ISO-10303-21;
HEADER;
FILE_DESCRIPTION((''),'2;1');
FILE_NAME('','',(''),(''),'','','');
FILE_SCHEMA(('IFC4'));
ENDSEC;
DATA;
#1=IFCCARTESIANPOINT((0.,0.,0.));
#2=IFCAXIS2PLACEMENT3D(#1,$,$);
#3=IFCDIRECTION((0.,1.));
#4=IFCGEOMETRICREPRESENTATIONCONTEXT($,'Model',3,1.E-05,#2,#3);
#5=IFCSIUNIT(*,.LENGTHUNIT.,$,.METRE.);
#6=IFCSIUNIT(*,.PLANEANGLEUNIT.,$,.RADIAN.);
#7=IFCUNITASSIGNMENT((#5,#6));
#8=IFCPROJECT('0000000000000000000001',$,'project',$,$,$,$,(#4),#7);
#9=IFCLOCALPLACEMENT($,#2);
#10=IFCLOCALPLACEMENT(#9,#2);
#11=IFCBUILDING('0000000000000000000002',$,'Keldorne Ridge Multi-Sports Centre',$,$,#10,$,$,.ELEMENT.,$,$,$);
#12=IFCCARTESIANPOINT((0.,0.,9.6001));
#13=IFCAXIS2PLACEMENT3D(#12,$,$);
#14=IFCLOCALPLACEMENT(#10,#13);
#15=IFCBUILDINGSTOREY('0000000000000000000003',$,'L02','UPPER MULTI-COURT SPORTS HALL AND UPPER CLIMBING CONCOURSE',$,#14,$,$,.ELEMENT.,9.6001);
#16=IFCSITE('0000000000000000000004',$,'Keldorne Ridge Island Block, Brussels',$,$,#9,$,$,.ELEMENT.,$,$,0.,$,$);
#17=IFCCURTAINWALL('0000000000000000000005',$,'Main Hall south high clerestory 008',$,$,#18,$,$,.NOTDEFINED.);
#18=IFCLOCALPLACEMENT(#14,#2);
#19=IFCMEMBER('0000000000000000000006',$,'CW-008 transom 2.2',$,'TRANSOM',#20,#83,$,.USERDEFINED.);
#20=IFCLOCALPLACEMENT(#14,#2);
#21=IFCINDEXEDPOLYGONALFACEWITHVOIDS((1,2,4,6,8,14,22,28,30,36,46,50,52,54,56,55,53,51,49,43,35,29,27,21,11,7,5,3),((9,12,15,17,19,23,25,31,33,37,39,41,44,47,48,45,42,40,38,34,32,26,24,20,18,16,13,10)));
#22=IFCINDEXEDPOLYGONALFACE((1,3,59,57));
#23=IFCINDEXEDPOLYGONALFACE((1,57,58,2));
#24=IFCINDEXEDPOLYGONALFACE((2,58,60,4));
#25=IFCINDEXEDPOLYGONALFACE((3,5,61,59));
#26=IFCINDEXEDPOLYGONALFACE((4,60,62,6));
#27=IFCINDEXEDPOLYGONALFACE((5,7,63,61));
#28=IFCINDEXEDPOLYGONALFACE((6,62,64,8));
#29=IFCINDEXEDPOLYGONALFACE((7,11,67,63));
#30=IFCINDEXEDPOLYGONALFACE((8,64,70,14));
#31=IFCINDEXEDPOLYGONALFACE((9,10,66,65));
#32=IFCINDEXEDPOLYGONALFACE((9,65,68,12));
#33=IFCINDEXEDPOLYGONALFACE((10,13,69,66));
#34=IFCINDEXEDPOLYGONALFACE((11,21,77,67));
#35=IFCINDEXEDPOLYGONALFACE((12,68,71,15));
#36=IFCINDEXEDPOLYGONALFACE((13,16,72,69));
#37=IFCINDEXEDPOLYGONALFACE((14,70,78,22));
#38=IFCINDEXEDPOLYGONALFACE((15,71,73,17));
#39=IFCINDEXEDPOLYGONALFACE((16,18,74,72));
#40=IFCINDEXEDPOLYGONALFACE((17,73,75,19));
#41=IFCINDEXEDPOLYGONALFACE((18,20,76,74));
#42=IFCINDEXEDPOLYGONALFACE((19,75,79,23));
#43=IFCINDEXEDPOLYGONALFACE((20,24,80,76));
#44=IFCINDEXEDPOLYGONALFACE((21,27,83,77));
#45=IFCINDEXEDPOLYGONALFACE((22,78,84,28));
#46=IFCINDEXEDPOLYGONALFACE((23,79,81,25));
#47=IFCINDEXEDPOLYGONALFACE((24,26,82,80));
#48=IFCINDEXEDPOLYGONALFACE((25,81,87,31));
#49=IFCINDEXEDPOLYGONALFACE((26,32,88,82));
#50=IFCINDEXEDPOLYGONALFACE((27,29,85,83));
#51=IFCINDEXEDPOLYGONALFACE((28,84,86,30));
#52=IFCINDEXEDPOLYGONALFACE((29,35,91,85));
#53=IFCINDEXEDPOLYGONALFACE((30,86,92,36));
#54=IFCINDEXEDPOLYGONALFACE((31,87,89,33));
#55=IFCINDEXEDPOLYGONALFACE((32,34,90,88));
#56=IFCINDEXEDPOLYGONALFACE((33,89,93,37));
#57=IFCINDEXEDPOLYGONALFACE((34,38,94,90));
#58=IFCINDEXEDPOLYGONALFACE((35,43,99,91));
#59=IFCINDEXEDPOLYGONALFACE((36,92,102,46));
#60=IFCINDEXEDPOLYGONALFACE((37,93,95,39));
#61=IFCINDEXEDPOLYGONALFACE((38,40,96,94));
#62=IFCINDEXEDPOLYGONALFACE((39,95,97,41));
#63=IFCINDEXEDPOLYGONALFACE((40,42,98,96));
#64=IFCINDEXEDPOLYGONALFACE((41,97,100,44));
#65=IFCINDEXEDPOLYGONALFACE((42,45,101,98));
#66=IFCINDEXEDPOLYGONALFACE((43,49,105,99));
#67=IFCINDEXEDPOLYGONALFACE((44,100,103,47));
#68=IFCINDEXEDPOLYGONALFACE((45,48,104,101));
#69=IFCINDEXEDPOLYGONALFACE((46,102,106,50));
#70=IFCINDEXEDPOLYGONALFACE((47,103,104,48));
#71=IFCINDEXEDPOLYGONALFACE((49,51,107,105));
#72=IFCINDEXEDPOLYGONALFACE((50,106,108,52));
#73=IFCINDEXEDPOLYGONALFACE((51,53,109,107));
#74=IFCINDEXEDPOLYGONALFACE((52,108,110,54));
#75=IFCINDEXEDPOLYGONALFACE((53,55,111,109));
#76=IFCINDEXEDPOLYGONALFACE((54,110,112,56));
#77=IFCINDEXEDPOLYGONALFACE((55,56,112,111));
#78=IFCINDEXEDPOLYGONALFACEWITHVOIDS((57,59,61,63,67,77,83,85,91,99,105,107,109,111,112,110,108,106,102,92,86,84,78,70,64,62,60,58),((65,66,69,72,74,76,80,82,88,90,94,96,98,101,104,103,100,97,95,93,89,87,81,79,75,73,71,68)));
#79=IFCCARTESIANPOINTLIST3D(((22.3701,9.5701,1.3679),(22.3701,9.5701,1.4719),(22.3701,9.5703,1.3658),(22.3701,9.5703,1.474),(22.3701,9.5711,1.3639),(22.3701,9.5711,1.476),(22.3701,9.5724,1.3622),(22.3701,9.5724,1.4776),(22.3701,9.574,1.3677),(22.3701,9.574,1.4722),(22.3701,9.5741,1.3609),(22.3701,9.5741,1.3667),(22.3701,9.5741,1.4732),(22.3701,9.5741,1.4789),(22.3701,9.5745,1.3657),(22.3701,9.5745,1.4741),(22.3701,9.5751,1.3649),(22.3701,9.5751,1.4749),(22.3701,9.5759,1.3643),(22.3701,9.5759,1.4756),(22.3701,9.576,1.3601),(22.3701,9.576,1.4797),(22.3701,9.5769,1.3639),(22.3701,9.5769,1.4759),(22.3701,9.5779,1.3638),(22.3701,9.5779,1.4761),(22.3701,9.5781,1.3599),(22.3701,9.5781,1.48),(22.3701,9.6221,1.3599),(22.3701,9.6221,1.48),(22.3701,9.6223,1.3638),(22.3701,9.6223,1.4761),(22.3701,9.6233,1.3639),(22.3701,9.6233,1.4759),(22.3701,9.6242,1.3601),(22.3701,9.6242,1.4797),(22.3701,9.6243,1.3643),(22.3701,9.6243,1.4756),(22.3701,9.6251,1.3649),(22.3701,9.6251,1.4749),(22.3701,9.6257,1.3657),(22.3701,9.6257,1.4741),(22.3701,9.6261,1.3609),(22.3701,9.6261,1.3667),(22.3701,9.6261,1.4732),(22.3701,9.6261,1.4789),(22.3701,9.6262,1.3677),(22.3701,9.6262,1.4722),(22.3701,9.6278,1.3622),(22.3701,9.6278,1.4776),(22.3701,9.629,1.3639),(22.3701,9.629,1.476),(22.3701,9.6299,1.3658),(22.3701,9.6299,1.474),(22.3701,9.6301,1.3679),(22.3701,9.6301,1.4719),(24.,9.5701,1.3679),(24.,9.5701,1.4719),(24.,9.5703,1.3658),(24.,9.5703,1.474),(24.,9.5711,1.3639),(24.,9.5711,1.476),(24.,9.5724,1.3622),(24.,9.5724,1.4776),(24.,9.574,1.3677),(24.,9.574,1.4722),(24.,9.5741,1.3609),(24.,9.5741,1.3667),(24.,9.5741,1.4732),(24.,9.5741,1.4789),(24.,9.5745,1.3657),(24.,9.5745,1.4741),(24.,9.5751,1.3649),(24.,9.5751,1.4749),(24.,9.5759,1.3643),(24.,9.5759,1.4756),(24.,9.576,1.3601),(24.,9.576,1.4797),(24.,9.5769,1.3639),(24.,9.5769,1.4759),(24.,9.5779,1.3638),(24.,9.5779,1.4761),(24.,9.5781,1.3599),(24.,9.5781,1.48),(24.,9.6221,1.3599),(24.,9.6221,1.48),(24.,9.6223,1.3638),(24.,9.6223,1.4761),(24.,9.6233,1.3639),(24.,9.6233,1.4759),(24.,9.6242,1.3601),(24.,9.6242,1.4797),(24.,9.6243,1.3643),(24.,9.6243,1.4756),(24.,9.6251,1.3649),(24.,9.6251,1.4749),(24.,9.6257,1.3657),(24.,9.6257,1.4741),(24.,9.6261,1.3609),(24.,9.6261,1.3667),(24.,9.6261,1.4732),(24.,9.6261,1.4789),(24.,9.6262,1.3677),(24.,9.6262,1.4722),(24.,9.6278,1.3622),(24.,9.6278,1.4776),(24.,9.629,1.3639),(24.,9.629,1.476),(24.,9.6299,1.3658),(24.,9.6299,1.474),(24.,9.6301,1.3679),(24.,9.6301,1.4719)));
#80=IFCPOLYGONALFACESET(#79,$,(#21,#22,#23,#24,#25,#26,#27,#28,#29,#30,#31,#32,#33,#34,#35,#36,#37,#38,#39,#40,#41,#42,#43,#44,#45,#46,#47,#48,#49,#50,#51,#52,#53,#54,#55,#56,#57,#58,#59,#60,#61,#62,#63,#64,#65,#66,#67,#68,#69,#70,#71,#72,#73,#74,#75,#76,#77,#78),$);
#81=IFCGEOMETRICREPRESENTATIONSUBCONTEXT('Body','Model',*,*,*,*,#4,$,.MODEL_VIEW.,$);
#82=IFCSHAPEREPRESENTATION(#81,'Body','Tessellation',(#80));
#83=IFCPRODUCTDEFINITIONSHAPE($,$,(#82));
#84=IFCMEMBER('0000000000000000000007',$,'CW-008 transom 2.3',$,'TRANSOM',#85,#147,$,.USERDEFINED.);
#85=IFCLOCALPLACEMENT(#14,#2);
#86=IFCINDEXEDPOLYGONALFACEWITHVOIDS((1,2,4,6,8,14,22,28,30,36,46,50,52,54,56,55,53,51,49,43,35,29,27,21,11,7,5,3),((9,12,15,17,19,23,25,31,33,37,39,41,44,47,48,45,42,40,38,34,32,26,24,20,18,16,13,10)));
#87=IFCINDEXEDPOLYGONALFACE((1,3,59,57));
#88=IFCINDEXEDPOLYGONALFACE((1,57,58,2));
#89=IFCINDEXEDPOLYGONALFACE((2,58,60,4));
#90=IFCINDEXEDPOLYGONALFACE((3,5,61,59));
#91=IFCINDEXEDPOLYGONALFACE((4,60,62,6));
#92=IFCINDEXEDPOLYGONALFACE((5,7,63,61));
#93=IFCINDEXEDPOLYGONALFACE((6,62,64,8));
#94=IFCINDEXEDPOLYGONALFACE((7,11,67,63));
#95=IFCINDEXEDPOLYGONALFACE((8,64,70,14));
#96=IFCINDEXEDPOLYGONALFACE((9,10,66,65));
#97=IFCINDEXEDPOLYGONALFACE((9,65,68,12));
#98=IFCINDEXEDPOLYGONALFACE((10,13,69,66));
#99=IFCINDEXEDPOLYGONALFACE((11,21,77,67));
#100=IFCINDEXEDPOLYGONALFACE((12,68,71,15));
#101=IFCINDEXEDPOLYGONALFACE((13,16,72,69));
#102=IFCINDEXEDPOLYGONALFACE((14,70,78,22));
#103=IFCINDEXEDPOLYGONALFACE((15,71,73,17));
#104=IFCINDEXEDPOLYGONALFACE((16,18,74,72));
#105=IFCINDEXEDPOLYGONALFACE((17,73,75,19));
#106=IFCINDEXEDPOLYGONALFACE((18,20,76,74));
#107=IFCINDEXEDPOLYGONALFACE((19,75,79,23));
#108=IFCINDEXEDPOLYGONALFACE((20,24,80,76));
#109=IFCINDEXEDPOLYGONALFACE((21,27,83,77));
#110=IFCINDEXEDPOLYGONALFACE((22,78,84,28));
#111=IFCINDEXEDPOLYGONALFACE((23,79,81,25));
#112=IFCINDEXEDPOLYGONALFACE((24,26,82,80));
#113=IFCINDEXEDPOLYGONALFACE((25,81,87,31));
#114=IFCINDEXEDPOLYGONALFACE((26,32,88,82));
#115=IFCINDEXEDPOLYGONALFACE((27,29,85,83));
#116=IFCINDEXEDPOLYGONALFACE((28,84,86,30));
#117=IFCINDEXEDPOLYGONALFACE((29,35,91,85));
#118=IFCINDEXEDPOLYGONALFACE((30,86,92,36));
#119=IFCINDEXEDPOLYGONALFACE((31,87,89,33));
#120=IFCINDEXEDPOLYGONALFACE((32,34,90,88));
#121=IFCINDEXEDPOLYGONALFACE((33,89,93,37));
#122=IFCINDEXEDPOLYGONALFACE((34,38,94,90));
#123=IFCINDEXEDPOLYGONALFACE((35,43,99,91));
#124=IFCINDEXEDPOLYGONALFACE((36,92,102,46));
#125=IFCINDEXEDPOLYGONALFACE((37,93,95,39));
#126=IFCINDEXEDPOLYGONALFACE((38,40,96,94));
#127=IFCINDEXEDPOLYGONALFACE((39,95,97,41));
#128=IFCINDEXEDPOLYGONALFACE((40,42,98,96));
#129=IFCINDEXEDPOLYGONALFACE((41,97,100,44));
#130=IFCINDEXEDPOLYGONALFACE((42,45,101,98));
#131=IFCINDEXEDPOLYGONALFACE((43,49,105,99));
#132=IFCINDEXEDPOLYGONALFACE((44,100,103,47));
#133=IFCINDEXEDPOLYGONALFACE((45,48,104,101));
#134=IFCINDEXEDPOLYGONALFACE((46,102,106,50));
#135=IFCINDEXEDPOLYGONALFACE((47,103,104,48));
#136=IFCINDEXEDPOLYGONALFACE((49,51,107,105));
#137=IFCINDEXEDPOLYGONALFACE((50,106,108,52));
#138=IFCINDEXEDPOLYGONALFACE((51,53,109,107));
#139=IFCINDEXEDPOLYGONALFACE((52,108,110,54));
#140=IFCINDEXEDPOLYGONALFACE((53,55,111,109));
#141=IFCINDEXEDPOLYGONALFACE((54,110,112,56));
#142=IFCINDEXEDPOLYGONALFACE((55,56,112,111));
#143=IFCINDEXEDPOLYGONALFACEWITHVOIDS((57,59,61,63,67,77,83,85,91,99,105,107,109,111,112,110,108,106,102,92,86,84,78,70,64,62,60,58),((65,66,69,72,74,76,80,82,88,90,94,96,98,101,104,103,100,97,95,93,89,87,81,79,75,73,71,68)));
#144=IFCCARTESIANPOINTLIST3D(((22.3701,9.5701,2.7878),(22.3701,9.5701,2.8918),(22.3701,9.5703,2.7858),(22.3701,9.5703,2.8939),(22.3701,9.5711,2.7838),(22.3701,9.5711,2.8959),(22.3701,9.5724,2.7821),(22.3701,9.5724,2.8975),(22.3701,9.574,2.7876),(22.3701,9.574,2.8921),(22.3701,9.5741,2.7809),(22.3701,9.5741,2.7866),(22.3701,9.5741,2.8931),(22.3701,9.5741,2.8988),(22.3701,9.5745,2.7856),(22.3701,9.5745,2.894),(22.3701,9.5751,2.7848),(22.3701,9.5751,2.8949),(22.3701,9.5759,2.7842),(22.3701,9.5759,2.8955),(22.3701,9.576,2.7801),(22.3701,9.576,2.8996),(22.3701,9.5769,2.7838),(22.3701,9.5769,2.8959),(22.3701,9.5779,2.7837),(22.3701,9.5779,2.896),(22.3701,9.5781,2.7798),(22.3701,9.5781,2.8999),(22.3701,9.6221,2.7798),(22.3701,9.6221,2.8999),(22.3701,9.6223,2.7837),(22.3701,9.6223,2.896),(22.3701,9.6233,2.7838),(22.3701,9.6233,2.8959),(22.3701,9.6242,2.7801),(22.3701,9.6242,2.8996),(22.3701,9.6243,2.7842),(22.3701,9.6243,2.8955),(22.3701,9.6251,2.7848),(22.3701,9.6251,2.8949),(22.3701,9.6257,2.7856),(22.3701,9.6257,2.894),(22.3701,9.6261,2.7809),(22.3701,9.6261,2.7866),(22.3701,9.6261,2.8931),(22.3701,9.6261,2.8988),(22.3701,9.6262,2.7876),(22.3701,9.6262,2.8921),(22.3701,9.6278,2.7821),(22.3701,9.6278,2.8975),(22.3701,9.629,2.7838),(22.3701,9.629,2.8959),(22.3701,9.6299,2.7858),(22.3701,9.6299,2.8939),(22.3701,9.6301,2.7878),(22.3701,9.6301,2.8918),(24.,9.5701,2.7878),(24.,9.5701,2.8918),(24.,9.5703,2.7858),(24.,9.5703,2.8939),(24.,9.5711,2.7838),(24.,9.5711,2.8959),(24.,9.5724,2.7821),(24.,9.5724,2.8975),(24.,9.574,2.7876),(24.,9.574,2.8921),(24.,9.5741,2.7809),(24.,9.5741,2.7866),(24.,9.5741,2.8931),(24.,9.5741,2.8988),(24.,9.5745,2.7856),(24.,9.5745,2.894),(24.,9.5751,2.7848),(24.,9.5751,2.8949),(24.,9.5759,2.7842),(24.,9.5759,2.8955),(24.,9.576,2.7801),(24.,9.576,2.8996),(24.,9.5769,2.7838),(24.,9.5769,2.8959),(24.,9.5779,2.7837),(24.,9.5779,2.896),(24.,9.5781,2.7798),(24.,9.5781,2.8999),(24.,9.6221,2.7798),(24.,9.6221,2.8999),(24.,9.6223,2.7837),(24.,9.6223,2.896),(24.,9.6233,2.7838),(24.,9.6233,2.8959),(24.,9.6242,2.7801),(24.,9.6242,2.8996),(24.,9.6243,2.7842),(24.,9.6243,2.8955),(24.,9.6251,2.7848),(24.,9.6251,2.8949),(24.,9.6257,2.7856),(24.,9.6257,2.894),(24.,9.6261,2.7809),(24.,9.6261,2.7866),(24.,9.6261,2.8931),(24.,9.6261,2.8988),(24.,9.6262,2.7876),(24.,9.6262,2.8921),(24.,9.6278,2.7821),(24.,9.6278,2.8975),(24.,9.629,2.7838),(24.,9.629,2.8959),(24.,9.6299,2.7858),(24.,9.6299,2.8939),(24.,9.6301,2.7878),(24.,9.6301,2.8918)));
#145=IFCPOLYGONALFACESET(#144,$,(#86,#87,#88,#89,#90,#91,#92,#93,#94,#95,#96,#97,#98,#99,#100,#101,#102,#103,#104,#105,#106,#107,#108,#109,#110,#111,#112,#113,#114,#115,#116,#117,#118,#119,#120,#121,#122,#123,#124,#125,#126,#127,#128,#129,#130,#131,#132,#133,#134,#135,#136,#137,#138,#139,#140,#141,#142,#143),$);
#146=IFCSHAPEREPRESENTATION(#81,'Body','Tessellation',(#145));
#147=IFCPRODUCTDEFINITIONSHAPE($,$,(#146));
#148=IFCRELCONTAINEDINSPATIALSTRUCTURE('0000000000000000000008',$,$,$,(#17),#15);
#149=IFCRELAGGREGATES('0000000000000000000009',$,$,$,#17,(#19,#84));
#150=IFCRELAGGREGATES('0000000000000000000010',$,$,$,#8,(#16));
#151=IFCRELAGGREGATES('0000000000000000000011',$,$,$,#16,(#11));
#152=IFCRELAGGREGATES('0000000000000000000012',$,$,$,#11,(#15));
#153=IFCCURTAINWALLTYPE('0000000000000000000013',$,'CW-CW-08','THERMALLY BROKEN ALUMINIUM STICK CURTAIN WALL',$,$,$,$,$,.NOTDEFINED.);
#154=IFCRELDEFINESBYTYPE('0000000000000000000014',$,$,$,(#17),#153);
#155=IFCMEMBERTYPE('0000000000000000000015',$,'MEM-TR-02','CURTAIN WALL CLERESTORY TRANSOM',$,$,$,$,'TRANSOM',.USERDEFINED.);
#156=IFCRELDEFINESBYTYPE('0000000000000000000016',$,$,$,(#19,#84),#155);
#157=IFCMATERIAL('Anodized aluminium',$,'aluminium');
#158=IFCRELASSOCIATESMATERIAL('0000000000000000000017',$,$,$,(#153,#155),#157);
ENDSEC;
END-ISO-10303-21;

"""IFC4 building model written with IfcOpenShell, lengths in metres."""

from ifc_helpers import new_model, si_unit, direction, frame, origin, origin_2d, place, context, subcontext, project, spatial, hollow_rectangle, extrude, material, material_profile, profile_set, type_object, element, aggregate, save


model = new_model("IFC4")

# Units and contexts
model_context = context("Model", 3, precision=1e-05, world=origin(), true_north=direction((0.0, 1.0)))
body_context = subcontext(model_context, "Body", "Model", "MODEL_VIEW")
ifc_project = project(units=[si_unit("LENGTHUNIT", "METRE"), si_unit("PLANEANGLEUNIT", "RADIAN")], contexts=[model_context])

# Site, building, storey
site_placement = place(None, origin())
site = spatial("IfcSite", under=ifc_project, at=site_placement, Name="Keldorne Ridge Island Block, Brussels", CompositionType="ELEMENT", RefElevation=0.0)
building_placement = place(site_placement, origin())
building = spatial("IfcBuilding", under=site, at=building_placement, Name="Keldorne Ridge Multi-Sports Centre", CompositionType="ELEMENT")
storey_placement = place(building_placement, frame((0.0, 0.0, 9.6001)))
storey = spatial("IfcBuildingStorey", under=building, at=storey_placement, Name="L02", Description="UPPER MULTI-COURT SPORTS HALL AND UPPER CLIMBING CONCOURSE", CompositionType="ELEMENT", Elevation=9.6001)

# Curtain wall
ifc_material_1 = material(Name="Anodized aluminium", Category="aluminium")
curtain_wall_type = type_object("IfcCurtainWallType", Name="CW-CW-08", Description="THERMALLY BROKEN ALUMINIUM STICK CURTAIN WALL", PredefinedType="NOTDEFINED", material=ifc_material_1)
curtain_wall_placement = place(storey_placement, origin())
curtain_wall = element("IfcCurtainWall", 1, at=curtain_wall_placement, inside=storey, type_object=curtain_wall_type, Name="Main Hall south high clerestory 008", PredefinedType="NOTDEFINED")

# Members
ifc_material_profile_1 = material_profile(ifc_material_1, hollow_rectangle(XDim=0.0601, YDim=0.1201, WallThickness=0.0039, InnerFilletRadius=0.0039, OuterFilletRadius=0.0081, at=origin_2d()), Name="ALU TRANSOM 120x60x4")
ifc_profile_set_1 = profile_set([ifc_material_profile_1], Name="Anodized aluminium")
member_type_1 = type_object("IfcMemberType", Name="MEM-TR-02", Description="CURTAIN WALL CLERESTORY TRANSOM", ElementType="TRANSOM", PredefinedType="USERDEFINED", material=ifc_profile_set_1)
member_1_placement = place(storey_placement, frame((22.3701, 9.6001, 1.4199), z_axis=(1.0, 0.0, 0.0), x_axis=(0.0, 1.0, 0.0)))
member_1 = element("IfcMember", 2, at=member_1_placement, type_object=member_type_1, Name="CW-008 transom 2.2", ObjectType="TRANSOM", PredefinedType="USERDEFINED", context=body_context, shape_type="SweptSolid", body=[
    extrude(hollow_rectangle(XDim=0.0601, YDim=0.1201, WallThickness=0.0039, InnerFilletRadius=0.0039, OuterFilletRadius=0.0081, at=origin_2d()), origin(), (0.0, 0.0, 1.0), 1.6299),
])
member_2_placement = place(storey_placement, frame((22.3701, 9.6001, 2.8398), z_axis=(1.0, 0.0, 0.0), x_axis=(0.0, 1.0, 0.0)))
member_2 = element("IfcMember", 3, at=member_2_placement, type_object=member_type_1, Name="CW-008 transom 2.3", ObjectType="TRANSOM", PredefinedType="USERDEFINED", context=body_context, shape_type="SweptSolid", body=[
    extrude(hollow_rectangle(XDim=0.0601, YDim=0.1201, WallThickness=0.0039, InnerFilletRadius=0.0039, OuterFilletRadius=0.0081, at=origin_2d()), origin(), (0.0, 0.0, 1.0), 1.6299),
])

aggregate(curtain_wall, [member_1, member_2])

save(model, "model.ifc")
